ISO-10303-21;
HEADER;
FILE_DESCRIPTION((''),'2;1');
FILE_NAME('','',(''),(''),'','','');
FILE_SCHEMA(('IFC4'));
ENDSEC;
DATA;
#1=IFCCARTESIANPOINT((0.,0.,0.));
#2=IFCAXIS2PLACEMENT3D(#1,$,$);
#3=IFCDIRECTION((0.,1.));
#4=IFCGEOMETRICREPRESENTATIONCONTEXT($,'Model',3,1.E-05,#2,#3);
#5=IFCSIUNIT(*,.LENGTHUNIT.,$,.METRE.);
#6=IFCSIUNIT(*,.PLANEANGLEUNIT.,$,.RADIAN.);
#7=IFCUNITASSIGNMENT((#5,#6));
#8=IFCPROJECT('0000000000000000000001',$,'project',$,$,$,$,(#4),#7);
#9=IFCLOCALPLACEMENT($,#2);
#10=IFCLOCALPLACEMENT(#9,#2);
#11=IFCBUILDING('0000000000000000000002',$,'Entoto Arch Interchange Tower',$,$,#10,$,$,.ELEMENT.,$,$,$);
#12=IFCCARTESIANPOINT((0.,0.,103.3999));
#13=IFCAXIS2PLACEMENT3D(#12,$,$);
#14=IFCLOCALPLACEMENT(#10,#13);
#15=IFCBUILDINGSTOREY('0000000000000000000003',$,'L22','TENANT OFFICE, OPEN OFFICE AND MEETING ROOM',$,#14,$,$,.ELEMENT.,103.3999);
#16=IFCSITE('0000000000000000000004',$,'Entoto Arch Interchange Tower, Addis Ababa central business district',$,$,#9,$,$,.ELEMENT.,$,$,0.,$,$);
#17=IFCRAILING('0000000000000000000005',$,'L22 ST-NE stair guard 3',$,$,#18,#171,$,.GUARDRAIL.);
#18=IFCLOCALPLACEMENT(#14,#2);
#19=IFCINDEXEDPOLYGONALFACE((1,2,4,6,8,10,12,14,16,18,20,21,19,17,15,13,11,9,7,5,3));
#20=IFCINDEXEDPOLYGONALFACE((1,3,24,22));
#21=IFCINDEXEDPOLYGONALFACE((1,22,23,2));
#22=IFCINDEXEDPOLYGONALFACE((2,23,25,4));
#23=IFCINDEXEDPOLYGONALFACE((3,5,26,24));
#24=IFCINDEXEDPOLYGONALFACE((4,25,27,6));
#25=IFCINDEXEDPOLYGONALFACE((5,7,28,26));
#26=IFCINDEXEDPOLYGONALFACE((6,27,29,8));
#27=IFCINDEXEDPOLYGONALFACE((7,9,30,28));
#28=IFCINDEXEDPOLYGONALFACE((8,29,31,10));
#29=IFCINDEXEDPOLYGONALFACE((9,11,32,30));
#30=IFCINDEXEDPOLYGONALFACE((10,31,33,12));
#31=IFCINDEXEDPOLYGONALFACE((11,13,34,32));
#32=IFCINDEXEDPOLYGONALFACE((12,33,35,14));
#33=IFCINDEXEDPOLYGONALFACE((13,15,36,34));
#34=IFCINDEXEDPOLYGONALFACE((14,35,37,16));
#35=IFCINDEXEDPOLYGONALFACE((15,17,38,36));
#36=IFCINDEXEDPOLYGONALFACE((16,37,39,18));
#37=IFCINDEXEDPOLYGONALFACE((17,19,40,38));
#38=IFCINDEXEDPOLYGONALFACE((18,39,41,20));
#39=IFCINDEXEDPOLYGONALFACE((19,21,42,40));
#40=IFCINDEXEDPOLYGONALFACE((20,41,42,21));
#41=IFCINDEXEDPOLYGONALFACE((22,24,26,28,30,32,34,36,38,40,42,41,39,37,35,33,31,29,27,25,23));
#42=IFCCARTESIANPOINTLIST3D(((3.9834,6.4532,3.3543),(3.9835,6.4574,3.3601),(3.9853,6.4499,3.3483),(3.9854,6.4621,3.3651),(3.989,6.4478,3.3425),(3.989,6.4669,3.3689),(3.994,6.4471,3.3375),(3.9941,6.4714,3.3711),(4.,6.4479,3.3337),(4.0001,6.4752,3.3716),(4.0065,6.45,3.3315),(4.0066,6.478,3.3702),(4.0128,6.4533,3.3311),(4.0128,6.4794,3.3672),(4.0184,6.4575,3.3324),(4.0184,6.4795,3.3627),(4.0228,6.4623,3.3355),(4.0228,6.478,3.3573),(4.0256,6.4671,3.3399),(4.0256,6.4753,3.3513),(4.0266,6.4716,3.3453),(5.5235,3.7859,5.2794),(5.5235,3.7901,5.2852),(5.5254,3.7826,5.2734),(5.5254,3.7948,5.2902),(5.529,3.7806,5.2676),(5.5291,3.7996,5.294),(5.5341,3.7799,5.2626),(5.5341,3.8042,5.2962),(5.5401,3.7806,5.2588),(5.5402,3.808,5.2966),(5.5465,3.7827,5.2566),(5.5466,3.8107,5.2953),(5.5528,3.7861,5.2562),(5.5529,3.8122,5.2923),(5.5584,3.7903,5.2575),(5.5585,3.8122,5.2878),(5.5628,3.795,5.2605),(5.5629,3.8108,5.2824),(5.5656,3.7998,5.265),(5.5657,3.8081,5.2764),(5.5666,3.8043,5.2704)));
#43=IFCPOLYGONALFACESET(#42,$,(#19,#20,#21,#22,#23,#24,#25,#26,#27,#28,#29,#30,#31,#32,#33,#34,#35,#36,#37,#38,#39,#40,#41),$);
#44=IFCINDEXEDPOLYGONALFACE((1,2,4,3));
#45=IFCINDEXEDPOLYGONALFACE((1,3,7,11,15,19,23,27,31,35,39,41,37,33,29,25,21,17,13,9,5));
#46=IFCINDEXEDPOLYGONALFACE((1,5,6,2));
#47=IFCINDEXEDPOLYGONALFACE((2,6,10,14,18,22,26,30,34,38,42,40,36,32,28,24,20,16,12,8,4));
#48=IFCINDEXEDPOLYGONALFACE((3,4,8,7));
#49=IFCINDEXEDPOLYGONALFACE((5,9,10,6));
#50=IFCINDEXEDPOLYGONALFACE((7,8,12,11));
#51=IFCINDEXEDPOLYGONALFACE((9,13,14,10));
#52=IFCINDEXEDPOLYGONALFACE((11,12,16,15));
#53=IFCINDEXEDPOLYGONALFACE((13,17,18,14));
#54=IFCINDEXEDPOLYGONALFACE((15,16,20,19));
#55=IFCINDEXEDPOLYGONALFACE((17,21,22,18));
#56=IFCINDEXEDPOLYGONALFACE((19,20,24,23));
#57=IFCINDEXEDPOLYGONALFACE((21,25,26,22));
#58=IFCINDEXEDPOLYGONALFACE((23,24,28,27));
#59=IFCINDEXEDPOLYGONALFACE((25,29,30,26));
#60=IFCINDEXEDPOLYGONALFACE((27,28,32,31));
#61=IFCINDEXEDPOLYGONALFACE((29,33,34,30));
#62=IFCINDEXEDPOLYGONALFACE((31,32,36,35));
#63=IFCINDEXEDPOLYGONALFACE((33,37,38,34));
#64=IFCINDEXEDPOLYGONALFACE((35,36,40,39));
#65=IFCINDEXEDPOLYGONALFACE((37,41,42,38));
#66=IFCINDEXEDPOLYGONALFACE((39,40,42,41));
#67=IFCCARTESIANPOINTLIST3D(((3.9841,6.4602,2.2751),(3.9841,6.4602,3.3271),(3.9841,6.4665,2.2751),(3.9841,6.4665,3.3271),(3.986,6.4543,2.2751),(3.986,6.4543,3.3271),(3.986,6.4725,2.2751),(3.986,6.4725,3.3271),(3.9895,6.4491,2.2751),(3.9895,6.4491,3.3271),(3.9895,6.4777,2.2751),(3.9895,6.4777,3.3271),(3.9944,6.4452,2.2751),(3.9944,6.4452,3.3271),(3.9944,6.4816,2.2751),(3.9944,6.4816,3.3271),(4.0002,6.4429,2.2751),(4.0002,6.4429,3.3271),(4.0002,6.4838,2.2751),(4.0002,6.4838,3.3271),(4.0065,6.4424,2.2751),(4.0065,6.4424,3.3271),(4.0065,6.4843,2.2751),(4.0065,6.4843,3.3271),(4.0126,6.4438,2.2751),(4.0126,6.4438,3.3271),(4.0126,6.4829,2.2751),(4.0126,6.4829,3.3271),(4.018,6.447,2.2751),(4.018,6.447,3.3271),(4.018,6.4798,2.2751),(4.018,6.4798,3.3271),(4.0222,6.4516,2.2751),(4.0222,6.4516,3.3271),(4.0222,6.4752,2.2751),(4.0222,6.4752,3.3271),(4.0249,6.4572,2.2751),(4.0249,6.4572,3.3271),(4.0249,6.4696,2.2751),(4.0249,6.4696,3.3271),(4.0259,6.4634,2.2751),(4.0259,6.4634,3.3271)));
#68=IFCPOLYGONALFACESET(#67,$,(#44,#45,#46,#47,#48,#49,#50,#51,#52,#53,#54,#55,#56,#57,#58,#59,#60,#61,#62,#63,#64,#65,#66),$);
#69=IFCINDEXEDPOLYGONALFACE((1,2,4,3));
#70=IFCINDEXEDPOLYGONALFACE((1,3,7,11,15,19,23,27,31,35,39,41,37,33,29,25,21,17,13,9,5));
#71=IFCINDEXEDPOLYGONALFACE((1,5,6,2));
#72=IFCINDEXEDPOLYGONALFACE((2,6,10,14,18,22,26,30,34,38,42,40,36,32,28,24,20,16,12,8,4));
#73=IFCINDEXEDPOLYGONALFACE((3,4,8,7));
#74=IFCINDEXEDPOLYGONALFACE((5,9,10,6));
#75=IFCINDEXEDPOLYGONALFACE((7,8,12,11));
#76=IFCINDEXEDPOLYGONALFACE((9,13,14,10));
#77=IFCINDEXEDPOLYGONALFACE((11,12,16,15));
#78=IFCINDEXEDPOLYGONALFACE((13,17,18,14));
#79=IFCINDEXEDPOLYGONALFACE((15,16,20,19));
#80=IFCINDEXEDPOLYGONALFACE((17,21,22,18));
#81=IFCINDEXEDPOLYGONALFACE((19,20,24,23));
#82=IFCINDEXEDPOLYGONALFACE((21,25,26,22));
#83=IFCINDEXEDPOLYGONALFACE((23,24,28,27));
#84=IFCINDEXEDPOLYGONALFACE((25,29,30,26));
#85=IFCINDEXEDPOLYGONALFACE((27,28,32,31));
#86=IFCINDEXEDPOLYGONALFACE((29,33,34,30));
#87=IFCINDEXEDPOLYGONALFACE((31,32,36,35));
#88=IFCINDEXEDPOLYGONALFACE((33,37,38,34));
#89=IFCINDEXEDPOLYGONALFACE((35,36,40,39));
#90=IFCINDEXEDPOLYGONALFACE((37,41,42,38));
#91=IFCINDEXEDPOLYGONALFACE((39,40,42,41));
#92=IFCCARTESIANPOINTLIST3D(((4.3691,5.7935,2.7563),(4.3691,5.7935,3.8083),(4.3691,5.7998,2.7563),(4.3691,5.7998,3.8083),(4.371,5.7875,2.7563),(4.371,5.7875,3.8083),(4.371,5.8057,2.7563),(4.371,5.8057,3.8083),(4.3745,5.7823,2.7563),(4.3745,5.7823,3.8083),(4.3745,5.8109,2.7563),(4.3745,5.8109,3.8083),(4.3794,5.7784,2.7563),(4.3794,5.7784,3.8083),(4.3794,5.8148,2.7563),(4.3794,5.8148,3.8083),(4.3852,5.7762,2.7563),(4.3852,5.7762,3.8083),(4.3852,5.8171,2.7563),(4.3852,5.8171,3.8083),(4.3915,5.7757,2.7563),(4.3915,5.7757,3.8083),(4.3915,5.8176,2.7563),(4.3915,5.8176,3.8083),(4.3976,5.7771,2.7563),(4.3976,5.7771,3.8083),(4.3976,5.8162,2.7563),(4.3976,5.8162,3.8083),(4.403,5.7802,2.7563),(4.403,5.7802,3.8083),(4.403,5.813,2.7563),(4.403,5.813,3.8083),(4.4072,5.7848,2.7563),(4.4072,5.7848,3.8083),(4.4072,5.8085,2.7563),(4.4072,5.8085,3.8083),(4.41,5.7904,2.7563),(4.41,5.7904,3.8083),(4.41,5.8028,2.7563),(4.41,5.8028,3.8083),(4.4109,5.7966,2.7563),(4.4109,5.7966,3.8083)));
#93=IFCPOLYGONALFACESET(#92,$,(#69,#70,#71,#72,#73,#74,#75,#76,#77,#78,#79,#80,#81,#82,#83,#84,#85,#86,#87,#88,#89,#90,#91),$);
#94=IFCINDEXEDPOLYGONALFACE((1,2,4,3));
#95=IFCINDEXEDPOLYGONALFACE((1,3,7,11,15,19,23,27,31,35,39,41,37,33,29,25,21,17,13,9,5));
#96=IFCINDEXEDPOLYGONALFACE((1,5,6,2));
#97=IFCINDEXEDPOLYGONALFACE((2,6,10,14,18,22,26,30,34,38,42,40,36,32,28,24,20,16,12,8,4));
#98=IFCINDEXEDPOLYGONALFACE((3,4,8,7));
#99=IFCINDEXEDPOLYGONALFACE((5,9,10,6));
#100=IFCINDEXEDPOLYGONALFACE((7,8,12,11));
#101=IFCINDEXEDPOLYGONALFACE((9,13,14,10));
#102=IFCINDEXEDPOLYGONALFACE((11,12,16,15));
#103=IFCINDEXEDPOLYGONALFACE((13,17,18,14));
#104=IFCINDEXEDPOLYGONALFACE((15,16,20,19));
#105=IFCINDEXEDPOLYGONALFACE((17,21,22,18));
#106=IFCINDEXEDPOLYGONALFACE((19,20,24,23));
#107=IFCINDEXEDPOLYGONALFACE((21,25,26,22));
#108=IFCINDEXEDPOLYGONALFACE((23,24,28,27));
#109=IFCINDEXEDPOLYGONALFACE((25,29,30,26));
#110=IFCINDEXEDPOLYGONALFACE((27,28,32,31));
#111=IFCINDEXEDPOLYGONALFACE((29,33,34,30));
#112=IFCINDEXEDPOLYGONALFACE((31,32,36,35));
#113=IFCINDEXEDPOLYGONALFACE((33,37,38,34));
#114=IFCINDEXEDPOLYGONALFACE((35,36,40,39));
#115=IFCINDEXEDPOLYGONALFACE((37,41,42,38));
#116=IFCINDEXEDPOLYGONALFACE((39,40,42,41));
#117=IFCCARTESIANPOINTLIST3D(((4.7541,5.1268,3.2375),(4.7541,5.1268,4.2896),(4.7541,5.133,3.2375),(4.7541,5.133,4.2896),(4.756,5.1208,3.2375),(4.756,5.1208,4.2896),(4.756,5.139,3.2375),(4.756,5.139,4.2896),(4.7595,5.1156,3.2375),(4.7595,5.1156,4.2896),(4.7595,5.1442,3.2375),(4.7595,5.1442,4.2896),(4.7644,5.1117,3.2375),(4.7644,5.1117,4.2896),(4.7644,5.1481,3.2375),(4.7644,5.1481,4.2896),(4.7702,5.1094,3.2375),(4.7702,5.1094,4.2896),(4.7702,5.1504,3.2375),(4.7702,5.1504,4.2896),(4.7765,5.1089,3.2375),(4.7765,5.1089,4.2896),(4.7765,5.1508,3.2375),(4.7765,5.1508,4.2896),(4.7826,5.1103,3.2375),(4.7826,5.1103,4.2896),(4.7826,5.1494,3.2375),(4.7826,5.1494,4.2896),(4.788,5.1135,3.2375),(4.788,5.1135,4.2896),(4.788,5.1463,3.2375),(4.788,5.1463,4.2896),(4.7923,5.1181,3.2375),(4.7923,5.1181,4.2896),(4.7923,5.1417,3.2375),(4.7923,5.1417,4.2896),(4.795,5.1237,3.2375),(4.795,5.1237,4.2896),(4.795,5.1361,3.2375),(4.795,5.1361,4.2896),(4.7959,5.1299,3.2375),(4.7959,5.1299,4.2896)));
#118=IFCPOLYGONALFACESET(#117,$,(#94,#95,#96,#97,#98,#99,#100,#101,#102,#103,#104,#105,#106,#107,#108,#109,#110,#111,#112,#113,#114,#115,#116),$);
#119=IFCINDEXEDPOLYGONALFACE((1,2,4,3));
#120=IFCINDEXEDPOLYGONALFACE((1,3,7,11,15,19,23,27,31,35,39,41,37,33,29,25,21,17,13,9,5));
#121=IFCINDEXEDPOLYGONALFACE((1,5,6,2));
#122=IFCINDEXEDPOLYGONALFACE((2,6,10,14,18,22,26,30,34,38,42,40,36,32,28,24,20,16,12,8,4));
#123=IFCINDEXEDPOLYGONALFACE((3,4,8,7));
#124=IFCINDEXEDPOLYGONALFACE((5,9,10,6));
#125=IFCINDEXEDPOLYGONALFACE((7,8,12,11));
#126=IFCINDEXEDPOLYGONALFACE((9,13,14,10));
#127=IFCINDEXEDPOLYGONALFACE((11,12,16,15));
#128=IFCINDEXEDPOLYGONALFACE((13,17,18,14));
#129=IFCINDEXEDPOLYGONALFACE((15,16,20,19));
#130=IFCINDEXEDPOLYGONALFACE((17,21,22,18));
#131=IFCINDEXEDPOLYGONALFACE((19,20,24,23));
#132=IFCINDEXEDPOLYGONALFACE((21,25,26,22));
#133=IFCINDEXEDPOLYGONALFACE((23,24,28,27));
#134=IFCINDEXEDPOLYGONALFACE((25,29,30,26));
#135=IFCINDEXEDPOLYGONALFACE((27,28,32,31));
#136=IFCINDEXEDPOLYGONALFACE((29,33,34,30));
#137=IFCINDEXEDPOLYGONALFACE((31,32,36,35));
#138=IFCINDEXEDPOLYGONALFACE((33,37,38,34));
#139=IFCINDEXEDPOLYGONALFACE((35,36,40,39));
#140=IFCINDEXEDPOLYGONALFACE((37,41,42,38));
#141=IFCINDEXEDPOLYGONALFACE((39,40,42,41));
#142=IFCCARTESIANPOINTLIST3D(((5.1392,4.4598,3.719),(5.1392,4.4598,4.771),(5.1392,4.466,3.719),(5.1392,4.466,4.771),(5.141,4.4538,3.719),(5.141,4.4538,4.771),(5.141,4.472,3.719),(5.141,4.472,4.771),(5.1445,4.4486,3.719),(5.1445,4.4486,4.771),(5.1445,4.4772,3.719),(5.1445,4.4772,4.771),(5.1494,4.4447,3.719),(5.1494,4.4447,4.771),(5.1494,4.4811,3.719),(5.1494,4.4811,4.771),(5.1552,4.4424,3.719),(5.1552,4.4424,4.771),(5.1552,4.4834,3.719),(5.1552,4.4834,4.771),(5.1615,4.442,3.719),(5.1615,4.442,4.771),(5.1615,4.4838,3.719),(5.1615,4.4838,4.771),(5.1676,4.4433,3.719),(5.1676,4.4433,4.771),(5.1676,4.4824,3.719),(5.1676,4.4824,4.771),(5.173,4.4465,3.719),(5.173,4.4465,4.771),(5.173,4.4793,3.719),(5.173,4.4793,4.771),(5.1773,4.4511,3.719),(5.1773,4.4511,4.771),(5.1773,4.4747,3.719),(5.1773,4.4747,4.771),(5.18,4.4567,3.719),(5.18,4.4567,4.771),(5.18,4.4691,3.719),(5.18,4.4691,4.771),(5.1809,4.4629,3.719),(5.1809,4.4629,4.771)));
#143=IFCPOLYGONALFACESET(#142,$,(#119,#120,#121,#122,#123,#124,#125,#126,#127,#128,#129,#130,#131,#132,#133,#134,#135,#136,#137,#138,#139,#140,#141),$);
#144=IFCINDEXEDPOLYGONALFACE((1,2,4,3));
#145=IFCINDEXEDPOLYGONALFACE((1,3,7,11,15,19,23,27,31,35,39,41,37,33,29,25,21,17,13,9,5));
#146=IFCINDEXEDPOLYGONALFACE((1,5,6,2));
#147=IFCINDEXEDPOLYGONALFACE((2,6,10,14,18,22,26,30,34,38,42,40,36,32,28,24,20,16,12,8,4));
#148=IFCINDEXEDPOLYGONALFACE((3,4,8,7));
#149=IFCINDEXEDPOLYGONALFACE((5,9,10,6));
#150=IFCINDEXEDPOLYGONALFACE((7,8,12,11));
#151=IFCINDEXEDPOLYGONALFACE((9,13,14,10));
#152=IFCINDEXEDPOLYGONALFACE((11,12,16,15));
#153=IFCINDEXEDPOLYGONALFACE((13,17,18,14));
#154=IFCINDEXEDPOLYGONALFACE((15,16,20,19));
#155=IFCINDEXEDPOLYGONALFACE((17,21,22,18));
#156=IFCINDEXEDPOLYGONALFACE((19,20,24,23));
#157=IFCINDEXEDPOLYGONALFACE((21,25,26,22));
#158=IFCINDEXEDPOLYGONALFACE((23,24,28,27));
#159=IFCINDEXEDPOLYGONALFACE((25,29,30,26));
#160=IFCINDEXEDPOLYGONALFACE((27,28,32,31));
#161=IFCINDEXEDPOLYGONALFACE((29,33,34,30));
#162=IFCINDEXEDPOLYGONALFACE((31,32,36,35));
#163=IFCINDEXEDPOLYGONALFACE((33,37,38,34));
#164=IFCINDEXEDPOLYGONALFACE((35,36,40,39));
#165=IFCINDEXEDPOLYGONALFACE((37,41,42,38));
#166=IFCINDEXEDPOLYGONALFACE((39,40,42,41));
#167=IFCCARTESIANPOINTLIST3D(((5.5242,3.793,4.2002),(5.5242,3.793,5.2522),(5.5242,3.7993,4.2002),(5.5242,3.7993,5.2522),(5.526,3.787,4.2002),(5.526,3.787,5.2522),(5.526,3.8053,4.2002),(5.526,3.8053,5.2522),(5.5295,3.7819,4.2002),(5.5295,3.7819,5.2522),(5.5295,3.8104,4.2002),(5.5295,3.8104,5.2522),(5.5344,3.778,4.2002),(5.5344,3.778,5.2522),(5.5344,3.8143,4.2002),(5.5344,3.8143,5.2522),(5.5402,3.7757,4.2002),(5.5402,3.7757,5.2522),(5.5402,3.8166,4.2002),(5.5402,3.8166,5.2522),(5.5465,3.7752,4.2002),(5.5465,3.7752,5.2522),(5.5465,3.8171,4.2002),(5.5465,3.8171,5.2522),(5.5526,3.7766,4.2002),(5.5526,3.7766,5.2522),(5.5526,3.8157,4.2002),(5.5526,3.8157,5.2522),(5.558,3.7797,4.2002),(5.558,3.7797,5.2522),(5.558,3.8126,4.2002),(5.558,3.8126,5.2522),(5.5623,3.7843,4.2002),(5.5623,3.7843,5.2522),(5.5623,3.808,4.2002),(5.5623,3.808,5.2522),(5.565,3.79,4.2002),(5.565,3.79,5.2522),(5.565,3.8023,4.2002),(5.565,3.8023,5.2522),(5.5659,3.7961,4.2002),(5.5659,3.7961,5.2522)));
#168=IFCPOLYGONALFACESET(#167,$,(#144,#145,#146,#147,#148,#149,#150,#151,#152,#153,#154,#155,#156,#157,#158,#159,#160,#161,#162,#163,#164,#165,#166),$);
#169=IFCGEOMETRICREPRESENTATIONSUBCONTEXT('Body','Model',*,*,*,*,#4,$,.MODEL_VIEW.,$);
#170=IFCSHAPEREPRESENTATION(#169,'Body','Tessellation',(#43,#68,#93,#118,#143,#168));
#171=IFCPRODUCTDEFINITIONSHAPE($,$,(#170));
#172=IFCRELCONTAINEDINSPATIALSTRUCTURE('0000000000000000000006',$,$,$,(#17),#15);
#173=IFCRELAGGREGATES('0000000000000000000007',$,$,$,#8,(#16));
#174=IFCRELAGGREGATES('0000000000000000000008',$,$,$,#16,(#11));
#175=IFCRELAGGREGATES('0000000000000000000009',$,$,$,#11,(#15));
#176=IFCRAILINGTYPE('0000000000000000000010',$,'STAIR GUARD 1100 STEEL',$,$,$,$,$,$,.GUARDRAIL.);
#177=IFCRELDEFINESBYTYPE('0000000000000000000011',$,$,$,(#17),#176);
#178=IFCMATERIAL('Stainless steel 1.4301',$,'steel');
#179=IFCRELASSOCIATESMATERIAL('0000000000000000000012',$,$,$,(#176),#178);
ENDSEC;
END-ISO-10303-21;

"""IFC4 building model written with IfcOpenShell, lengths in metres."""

from ifc_helpers import new_model, si_unit, direction, frame, origin, origin_2d, place, context, subcontext, project, spatial, circle, extrude, material, type_object, element, save


model = new_model("IFC4")

# Units and contexts
model_context = context("Model", 3, precision=1e-05, world=origin(), true_north=direction((0.0, 1.0)))
body_context = subcontext(model_context, "Body", "Model", "MODEL_VIEW")
ifc_project = project(units=[si_unit("LENGTHUNIT", "METRE"), si_unit("PLANEANGLEUNIT", "RADIAN")], contexts=[model_context])

# Site, building, storey
site_placement = place(None, origin())
site = spatial("IfcSite", under=ifc_project, at=site_placement, Name="Entoto Arch Interchange Tower, Addis Ababa central business district", CompositionType="ELEMENT", RefElevation=0.0)
building_placement = place(site_placement, origin())
building = spatial("IfcBuilding", under=site, at=building_placement, Name="Entoto Arch Interchange Tower", CompositionType="ELEMENT")
storey_placement = place(building_placement, frame((0.0, 0.0, 103.3999)))
storey = spatial("IfcBuildingStorey", under=building, at=storey_placement, Name="L22", Description="TENANT OFFICE, OPEN OFFICE AND MEETING ROOM", CompositionType="ELEMENT", Elevation=103.3999)

# Railing
ifc_material_1 = material(Name="Stainless steel 1.4301", Category="steel")
railing_type_1 = type_object("IfcRailingType", Name="STAIR GUARD 1100 STEEL", PredefinedType="GUARDRAIL", material=ifc_material_1)
railing_1_placement = place(storey_placement, frame((4.0049, 6.4634, 2.2751)))
element("IfcRailing", 1, at=railing_1_placement, inside=storey, type_object=railing_type_1, Name="L22 ST-NE stair guard 3", PredefinedType="GUARDRAIL", context=body_context, shape_type="SweptSolid", body=[
    extrude(circle(Radius=0.0239, at=origin_2d()), frame((0.0, 0.0, 1.0762), z_axis=(0.424015, -0.734364, 0.530019), x_axis=(0.86601, 0.500027, 0.0)), (0.0, 0.0, 1.0), 3.6321),
    extrude(circle(Radius=0.021, at=origin_2d()), origin(), (0.0, 0.0, 1.0), 1.052),
    extrude(circle(Radius=0.021, at=origin_2d()), frame((0.385, -0.6667, 0.4812)), (0.0, 0.0, 1.0), 1.052),
    extrude(circle(Radius=0.021, at=origin_2d()), frame((0.77, -1.3335, 0.9624)), (0.0, 0.0, 1.0), 1.052),
    extrude(circle(Radius=0.021, at=origin_2d()), frame((1.155, -2.0005, 1.4438)), (0.0, 0.0, 1.0), 1.052),
    extrude(circle(Radius=0.021, at=origin_2d()), frame((1.54, -2.6672, 1.925)), (0.0, 0.0, 1.0), 1.052),
])

save(model, "model.ifc")
